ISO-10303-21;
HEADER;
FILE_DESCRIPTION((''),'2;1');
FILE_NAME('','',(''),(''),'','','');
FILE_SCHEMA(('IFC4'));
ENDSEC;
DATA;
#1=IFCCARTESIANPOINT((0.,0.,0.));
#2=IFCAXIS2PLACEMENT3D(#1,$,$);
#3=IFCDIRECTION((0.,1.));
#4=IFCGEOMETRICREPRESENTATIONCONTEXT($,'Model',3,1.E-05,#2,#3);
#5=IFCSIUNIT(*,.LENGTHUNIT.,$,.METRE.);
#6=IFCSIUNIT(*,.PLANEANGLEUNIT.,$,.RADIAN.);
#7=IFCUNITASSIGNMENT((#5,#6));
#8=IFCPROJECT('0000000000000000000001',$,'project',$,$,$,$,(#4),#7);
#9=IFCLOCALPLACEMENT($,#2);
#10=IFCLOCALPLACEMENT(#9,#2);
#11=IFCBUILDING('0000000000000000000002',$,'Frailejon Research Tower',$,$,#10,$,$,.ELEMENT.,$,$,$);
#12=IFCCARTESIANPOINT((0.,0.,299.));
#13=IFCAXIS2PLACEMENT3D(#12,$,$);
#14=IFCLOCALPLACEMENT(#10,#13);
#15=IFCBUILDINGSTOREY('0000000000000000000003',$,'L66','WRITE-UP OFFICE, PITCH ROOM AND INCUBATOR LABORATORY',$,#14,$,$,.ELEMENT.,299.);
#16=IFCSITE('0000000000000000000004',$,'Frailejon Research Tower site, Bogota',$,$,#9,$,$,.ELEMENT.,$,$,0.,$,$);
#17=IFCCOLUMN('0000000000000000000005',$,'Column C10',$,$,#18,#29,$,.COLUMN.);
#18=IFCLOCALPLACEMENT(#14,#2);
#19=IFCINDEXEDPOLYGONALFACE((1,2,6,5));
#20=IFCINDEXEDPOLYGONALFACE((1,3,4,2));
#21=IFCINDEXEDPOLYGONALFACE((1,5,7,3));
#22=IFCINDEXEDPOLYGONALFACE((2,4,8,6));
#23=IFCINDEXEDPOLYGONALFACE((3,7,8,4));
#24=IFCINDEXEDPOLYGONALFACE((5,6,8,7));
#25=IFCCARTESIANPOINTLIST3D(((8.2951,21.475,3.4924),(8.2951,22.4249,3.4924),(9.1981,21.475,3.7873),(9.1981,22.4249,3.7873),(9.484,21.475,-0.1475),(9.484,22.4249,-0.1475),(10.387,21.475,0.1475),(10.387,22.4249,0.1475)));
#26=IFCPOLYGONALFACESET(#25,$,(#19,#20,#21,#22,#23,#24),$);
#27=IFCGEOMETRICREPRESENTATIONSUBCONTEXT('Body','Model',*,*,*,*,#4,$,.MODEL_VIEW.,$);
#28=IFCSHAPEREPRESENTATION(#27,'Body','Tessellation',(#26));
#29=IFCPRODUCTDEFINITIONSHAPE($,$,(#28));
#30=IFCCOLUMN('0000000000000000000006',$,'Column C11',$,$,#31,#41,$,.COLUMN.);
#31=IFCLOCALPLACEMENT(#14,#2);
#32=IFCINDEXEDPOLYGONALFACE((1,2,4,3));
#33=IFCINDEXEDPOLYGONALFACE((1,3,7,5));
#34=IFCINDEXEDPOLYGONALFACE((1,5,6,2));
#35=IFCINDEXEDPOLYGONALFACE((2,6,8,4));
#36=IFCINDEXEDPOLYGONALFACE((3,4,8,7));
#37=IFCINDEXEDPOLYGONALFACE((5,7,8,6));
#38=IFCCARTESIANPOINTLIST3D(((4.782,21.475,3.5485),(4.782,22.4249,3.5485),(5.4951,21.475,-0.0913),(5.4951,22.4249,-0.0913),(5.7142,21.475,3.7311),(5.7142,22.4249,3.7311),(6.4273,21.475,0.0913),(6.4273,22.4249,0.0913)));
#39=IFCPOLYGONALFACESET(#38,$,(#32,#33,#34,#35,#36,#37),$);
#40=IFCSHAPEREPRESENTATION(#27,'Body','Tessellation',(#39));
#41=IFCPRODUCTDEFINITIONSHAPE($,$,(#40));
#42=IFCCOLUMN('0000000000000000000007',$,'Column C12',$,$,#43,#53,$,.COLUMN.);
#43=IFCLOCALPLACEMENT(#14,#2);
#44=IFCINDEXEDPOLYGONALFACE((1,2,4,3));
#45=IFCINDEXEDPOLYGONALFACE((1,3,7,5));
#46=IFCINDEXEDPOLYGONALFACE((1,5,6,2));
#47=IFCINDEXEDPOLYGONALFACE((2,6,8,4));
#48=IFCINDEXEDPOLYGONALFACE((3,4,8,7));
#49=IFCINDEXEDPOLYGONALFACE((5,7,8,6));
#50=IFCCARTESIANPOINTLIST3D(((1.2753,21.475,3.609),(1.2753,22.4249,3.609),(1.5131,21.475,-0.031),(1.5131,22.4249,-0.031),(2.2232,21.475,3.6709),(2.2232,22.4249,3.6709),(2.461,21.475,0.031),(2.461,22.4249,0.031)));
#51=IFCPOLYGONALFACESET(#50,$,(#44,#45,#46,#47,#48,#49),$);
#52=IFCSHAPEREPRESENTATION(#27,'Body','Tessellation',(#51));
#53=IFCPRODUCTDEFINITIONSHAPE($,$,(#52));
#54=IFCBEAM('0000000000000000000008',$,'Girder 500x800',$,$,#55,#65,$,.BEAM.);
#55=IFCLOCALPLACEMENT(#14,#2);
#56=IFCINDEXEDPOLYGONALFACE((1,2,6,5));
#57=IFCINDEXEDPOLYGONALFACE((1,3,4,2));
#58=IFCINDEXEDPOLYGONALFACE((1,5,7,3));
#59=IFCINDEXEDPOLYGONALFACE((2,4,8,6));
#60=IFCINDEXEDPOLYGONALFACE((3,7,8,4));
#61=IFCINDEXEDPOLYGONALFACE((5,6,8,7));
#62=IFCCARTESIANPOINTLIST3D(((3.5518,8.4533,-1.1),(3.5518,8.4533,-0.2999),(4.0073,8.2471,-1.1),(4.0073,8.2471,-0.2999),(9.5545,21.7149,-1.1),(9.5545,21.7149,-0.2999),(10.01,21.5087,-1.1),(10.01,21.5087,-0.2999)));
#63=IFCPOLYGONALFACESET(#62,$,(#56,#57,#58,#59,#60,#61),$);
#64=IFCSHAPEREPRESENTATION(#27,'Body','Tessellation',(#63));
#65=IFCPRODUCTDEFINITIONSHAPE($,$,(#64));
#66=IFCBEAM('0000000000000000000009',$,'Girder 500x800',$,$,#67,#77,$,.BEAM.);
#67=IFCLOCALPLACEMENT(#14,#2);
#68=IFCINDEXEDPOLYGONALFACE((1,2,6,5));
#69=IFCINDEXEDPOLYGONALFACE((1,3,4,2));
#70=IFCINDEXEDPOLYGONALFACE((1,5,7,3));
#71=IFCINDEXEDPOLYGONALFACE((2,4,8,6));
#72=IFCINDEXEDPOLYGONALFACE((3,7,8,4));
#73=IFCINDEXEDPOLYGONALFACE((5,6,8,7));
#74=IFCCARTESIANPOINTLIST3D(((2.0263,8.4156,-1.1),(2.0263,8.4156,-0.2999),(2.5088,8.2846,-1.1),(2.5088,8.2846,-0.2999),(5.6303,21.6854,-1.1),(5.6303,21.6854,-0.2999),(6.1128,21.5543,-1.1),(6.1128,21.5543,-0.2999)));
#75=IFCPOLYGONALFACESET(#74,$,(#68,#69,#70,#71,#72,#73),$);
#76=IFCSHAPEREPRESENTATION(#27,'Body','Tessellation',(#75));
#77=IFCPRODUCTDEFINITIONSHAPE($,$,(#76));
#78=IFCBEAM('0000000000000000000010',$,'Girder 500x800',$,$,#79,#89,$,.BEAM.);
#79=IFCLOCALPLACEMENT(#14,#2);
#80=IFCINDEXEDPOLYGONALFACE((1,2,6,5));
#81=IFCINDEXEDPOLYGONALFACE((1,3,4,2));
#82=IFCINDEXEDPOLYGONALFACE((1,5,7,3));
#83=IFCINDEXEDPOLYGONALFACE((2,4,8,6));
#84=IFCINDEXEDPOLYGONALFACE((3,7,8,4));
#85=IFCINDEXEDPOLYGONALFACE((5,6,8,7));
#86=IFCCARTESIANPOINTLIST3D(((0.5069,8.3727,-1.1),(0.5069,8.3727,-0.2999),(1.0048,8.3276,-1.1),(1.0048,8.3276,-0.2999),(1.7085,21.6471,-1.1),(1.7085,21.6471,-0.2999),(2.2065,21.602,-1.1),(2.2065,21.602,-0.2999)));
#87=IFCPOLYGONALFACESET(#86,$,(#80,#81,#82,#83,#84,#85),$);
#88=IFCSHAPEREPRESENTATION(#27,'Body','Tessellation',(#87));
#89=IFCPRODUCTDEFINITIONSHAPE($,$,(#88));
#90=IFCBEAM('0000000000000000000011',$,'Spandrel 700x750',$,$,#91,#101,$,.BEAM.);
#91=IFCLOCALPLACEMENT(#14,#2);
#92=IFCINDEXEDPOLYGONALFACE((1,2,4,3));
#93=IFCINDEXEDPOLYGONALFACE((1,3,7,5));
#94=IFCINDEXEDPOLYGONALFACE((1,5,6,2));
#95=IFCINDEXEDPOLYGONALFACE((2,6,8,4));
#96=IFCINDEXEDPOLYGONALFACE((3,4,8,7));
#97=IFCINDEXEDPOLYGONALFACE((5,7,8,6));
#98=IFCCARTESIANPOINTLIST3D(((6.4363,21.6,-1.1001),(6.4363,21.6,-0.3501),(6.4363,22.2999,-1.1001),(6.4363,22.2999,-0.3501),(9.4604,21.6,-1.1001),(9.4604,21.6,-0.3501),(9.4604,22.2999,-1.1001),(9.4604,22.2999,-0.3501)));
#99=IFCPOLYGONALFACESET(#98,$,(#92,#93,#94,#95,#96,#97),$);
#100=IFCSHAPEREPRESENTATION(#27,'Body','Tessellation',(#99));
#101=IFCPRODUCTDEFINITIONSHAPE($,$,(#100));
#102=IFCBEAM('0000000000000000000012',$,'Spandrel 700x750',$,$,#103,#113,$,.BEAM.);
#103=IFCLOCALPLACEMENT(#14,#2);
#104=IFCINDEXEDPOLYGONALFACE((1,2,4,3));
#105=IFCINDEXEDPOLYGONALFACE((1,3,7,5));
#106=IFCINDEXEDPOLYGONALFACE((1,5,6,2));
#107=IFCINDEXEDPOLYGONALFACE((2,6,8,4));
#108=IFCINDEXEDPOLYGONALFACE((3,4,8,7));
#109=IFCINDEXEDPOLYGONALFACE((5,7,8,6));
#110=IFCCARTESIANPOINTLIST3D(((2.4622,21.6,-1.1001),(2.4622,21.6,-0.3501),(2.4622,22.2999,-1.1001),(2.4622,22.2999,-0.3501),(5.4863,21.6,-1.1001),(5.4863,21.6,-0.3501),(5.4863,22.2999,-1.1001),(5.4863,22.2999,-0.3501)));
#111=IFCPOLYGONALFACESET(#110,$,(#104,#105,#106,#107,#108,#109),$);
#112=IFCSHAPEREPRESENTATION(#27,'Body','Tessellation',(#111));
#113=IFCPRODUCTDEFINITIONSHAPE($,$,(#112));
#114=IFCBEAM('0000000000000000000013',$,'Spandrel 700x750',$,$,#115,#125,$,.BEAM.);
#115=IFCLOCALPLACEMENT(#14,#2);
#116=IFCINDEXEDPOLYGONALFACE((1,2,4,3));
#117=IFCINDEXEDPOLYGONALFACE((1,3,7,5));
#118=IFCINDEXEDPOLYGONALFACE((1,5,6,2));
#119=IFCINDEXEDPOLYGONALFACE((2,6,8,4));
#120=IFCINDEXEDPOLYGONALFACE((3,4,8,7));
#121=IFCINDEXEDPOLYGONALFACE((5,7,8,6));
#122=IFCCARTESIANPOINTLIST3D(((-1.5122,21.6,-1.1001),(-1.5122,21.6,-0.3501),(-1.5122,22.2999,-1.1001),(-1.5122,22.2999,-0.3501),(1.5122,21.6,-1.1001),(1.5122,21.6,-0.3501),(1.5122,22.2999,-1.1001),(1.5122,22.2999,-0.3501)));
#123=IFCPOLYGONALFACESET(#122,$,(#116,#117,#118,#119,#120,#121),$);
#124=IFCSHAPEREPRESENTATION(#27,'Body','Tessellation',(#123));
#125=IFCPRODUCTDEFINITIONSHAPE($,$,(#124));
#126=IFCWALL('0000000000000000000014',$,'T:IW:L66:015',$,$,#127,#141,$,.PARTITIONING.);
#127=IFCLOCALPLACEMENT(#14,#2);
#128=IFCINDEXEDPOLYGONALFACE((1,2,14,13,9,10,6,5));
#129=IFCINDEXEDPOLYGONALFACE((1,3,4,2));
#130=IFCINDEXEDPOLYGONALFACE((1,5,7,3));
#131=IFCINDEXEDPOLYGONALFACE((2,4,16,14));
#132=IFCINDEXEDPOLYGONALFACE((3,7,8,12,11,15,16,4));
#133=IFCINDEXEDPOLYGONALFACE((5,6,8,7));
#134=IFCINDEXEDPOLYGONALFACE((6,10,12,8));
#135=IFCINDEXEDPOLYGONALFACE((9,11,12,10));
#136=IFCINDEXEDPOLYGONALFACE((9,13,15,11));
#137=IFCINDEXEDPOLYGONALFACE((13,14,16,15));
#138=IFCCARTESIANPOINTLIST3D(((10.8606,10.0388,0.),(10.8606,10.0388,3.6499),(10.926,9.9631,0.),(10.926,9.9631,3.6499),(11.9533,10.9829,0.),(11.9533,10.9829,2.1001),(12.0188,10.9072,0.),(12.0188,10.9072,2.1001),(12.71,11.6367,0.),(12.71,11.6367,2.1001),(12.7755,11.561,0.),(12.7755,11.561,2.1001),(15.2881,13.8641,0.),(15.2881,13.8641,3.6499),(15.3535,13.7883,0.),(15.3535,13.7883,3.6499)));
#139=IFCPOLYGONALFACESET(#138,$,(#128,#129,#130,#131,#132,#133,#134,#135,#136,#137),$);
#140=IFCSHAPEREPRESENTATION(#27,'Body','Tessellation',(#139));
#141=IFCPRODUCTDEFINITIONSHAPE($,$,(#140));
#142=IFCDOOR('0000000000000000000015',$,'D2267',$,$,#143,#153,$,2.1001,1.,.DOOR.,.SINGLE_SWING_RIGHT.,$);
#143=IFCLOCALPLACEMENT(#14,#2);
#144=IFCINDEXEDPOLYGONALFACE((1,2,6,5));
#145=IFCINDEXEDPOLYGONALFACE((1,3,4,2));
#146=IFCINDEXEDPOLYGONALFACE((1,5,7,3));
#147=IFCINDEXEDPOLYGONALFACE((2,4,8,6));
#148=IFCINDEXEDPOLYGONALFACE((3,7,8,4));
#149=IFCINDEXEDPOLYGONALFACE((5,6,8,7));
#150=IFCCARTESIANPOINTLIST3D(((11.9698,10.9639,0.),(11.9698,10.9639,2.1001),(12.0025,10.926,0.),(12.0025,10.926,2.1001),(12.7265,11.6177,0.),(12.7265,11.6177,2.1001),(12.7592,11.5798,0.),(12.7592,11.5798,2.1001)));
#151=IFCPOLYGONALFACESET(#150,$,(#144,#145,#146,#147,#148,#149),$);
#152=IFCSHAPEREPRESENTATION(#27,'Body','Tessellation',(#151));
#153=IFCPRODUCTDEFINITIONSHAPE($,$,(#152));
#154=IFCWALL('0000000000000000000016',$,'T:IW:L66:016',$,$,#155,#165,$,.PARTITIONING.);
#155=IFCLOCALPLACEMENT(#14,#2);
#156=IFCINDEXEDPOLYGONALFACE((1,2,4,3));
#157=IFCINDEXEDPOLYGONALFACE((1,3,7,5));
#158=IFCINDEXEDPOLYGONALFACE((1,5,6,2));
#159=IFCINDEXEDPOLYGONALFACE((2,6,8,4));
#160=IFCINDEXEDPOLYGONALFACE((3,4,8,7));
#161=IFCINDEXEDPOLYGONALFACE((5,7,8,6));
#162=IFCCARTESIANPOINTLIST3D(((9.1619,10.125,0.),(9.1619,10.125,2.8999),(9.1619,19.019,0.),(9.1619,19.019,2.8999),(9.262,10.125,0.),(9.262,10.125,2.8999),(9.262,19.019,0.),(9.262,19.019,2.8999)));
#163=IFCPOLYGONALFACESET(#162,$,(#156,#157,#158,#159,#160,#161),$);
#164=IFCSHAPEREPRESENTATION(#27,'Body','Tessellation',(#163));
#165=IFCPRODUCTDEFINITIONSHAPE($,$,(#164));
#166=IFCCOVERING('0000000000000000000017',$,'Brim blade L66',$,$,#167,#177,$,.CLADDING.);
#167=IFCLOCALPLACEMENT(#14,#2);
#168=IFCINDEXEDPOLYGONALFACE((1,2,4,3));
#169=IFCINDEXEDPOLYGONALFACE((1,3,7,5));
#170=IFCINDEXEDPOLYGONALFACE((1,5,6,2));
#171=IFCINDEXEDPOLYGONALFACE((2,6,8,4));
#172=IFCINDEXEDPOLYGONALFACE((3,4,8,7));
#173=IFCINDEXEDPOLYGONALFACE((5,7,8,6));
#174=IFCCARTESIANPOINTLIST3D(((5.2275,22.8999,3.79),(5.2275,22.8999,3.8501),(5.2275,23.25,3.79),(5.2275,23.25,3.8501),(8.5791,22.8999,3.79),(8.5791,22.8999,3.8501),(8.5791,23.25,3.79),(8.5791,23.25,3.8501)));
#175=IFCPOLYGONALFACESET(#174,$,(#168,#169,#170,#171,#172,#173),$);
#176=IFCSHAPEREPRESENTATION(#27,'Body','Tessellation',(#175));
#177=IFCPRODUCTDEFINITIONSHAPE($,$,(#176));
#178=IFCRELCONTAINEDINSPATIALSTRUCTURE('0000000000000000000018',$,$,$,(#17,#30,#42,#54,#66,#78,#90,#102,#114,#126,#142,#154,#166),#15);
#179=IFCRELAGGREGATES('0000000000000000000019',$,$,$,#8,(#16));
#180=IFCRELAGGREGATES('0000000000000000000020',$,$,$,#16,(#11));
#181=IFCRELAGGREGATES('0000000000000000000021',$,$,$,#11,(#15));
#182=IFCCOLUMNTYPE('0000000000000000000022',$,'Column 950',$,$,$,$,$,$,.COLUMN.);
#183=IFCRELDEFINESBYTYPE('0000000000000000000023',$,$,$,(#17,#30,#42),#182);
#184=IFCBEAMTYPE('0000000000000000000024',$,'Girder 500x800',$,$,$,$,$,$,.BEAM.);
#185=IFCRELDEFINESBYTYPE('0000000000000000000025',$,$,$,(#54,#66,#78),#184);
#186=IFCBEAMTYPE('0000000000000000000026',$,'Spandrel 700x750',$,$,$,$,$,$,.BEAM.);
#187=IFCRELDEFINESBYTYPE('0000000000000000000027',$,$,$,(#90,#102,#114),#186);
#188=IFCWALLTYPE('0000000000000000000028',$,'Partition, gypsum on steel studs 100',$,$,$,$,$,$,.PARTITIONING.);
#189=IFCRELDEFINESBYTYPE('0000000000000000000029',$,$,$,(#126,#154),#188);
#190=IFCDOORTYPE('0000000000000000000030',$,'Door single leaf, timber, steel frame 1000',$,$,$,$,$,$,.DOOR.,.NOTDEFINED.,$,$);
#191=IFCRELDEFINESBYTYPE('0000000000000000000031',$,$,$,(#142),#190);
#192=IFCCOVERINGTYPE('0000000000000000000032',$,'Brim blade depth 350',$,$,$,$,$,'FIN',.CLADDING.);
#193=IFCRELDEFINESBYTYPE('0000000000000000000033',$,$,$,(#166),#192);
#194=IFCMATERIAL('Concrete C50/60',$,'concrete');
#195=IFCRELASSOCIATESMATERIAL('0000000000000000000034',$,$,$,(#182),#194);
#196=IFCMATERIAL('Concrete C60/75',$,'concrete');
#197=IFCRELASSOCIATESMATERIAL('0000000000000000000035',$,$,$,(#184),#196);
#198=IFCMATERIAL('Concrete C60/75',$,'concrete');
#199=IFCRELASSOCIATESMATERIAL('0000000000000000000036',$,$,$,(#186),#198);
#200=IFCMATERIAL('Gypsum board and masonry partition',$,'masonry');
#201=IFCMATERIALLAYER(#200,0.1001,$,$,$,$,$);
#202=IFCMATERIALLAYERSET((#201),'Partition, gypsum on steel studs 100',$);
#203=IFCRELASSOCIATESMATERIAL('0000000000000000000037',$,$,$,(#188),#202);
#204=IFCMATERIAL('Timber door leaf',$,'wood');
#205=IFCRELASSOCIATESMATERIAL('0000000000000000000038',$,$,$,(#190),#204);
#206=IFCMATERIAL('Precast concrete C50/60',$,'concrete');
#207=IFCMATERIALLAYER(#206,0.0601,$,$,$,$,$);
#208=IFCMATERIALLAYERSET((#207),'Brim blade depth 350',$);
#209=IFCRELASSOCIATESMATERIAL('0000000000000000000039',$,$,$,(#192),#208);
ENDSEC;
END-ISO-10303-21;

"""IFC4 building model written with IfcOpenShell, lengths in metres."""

from ifc_helpers import new_model, si_unit, direction, frame, frame_2d, origin, origin_2d, place, context, subcontext, project, spatial, polyline, rectangle, outline, extrude, material, layer, layer_set, material_profile, profile_set, type_object, element, fill, save


model = new_model("IFC4")

# Units and contexts
model_context = context("Model", 3, precision=1e-05, world=origin(), true_north=direction((0.0, 1.0)))
body_context = subcontext(model_context, "Body", "Model", "MODEL_VIEW")
ifc_project = project(units=[si_unit("LENGTHUNIT", "METRE"), si_unit("PLANEANGLEUNIT", "RADIAN")], contexts=[model_context])

# Site, building, storey
site_placement = place(None, origin())
site = spatial("IfcSite", under=ifc_project, at=site_placement, Name="Frailejon Research Tower site, Bogota", CompositionType="ELEMENT", RefElevation=0.0)
building_placement = place(site_placement, origin())
building = spatial("IfcBuilding", under=site, at=building_placement, Name="Frailejon Research Tower", CompositionType="ELEMENT")
storey_placement = place(building_placement, frame((0.0, 0.0, 299.0)))
storey = spatial("IfcBuildingStorey", under=building, at=storey_placement, Name="L66", Description="WRITE-UP OFFICE, PITCH ROOM AND INCUBATOR LABORATORY", CompositionType="ELEMENT", Elevation=299.0)

# Columns
ifc_material_1 = material(Name="Concrete C50/60", Category="concrete")
ifc_material_profile_1 = material_profile(ifc_material_1, rectangle(XDim=0.95, YDim=0.95, at=origin_2d()), Name="Column 950")
ifc_profile_set_1 = profile_set([ifc_material_profile_1], Name="Concrete C50/60")
column_type = type_object("IfcColumnType", Name="Column 950", PredefinedType="COLUMN", material=ifc_profile_set_1)
column_1_placement = place(storey_placement, frame((9.9355, 21.95, 0.0), z_axis=(-0.310503, 0.0, 0.950572), x_axis=(-0.950572, 0.0, -0.310503)))
element("IfcColumn", 1, at=column_1_placement, inside=storey, type_object=column_type, Name="Column C10", PredefinedType="COLUMN", context=body_context, shape_type="SweptSolid", body=[
    extrude(rectangle(XDim=0.95, YDim=0.95, at=origin_2d()), origin(), (0.0, 0.0, 1.0), 3.8291),
])
column_2_placement = place(storey_placement, frame((5.9612, 21.95, 0.0), z_axis=(-0.192267, 0.0, 0.981343), x_axis=(-0.981343, 0.0, -0.192267)))
element("IfcColumn", 2, at=column_2_placement, inside=storey, type_object=column_type, Name="Column C11", PredefinedType="COLUMN", context=body_context, shape_type="SweptSolid", body=[
    extrude(rectangle(XDim=0.95, YDim=0.95, at=origin_2d()), origin(), (0.0, 0.0, 1.0), 3.709),
])
column_3_placement = place(storey_placement, frame((1.9871, 21.95, 0.0), z_axis=(-0.065191, 0.0, 0.997873), x_axis=(-0.997873, 0.0, -0.065191)))
element("IfcColumn", 3, at=column_3_placement, inside=storey, type_object=column_type, Name="Column C12", PredefinedType="COLUMN", context=body_context, shape_type="SweptSolid", body=[
    extrude(rectangle(XDim=0.95, YDim=0.95, at=origin_2d()), origin(), (0.0, 0.0, 1.0), 3.6477),
])

# Beams
ifc_material_2 = material(Name="Concrete C60/75", Category="concrete")
ifc_material_profile_2 = material_profile(ifc_material_2, rectangle(XDim=0.5, YDim=0.8, at=origin_2d()), Name="Girder 500x800")
ifc_profile_set_2 = profile_set([ifc_material_profile_2], Name="Concrete C60/75")
beam_type_1 = type_object("IfcBeamType", Name="Girder 500x800", PredefinedType="BEAM", material=ifc_profile_set_2)
beam_1_placement = place(storey_placement, frame((9.7822, 21.6118, -0.7), z_axis=(-0.412358, -0.911022, 0.0), x_axis=(0.911022, -0.412358, 0.0)))
element("IfcBeam", 4, at=beam_1_placement, inside=storey, type_object=beam_type_1, Name="Girder 500x800", PredefinedType="BEAM", context=body_context, shape_type="SweptSolid", body=[
    extrude(rectangle(XDim=0.5, YDim=0.8, at=origin_2d()), origin(), (0.0, 0.0, 1.0), 14.5569),
])
beam_2_placement = place(storey_placement, frame((5.8716, 21.6199, -0.7), z_axis=(-0.2621, -0.965041, 0.0), x_axis=(0.965041, -0.2621, 0.0)))
element("IfcBeam", 5, at=beam_2_placement, inside=storey, type_object=beam_type_1, Name="Girder 500x800", PredefinedType="BEAM", context=body_context, shape_type="SweptSolid", body=[
    extrude(rectangle(XDim=0.5, YDim=0.8, at=origin_2d()), origin(), (0.0, 0.0, 1.0), 13.7505),
])
beam_3_placement = place(storey_placement, frame((1.9575, 21.6245, -0.7), z_axis=(-0.090156, -0.995928, 0.0), x_axis=(0.995928, -0.090156, 0.0)))
element("IfcBeam", 6, at=beam_3_placement, inside=storey, type_object=beam_type_1, Name="Girder 500x800", PredefinedType="BEAM", context=body_context, shape_type="SweptSolid", body=[
    extrude(rectangle(XDim=0.5, YDim=0.8, at=origin_2d()), origin(), (0.0, 0.0, 1.0), 13.3286),
])
ifc_material_3 = material(Name="Concrete C60/75", Category="concrete")
ifc_material_profile_3 = material_profile(ifc_material_3, rectangle(XDim=0.7, YDim=0.75, at=origin_2d()), Name="Spandrel 700x750")
ifc_profile_set_3 = profile_set([ifc_material_profile_3], Name="Concrete C60/75")
beam_type_2 = type_object("IfcBeamType", Name="Spandrel 700x750", PredefinedType="BEAM", material=ifc_profile_set_3)
for number, where, z_axis, x_axis, name in (
    (7, (9.4604, 21.95, -0.7251), (-1.0, 0.0, 0.0), (0.0, -1.0, 0.0), "Spandrel 700x750"),
    (8, (5.4863, 21.95, -0.7251), (-1.0, 0.0, 0.0), (0.0, -1.0, 0.0), "Spandrel 700x750"),
):
    element("IfcBeam", number, at=place(storey_placement, frame(where, z_axis=z_axis, x_axis=x_axis)), inside=storey, type_object=beam_type_2, Name=name, PredefinedType="BEAM", context=body_context, shape_type="SweptSolid", body=[
        extrude(rectangle(XDim=0.7, YDim=0.75, at=origin_2d()), origin(), (0.0, 0.0, 1.0), 3.0242),
    ])
beam_4_placement = place(storey_placement, frame((1.5122, 21.95, -0.7251), z_axis=(-1.0, 0.0, 0.0), x_axis=(0.0, -1.0, 0.0)))
element("IfcBeam", 9, at=beam_4_placement, inside=storey, type_object=beam_type_2, Name="Spandrel 700x750", PredefinedType="BEAM", context=body_context, shape_type="SweptSolid", body=[
    extrude(rectangle(XDim=0.7, YDim=0.75, at=origin_2d()), origin(), (0.0, 0.0, 1.0), 3.0244),
])

# Wall, opening, door
ifc_material_4 = material(Name="Gypsum board and masonry partition", Category="masonry")
ifc_layer_1 = layer(ifc_material_4, 0.1001)
ifc_layer_set_1 = layer_set([ifc_layer_1], Name="Partition, gypsum on steel studs 100")
wall_type_1 = type_object("IfcWallType", Name="Partition, gypsum on steel studs 100", PredefinedType="PARTITIONING", material=ifc_layer_set_1)
wall_1_placement = place(storey_placement, frame((10.8933, 10.001, 0.0), z_axis=(0.0, 0.0, 1.0), x_axis=(0.7567, 0.653762, 0.0)))
wall_1 = element("IfcWall", 10, at=wall_1_placement, inside=storey, type_object=wall_type_1, Name="T:IW:L66:015", PredefinedType="PARTITIONING", context=body_context, shape_type="SweptSolid", body=[
    extrude(rectangle(XDim=5.8511, YDim=0.1001, at=frame_2d((2.9255, 0.0))), origin(), (0.0, 0.0, 1.0), 3.6499),
])
opening_1_placement = place(wall_1_placement, frame((1.4441, 0.0, 0.0)))
opening_1 = element("IfcOpeningElement", 11, at=opening_1_placement, cuts=wall_1, PredefinedType="OPENING", context=body_context, shape_type="SweptSolid", body=[
    extrude(rectangle(XDim=1.0, YDim=2.1001, at=frame_2d((0.5, 1.05))), frame((0.0, 0.0601, 0.0), z_axis=(0.0, -1.0, 0.0), x_axis=(1.0, 0.0, 0.0)), (0.0, 0.0, 1.0), 0.1201),
])
ifc_material_5 = material(Name="Timber door leaf", Category="wood")
door_type_1 = type_object("IfcDoorType", Name="Door single leaf, timber, steel frame 1000", OperationType="NOTDEFINED", PredefinedType="DOOR", material=ifc_material_5)
door_1_placement = place(opening_1_placement, origin())
door_1 = element("IfcDoor", 12, at=door_1_placement, inside=storey, type_object=door_type_1, Name="D2267", OperationType="SINGLE_SWING_RIGHT", OverallHeight=2.1001, OverallWidth=1.0, PredefinedType="DOOR", context=body_context, shape_type="SweptSolid", body=[
    extrude(rectangle(XDim=1.0, YDim=2.1001, at=frame_2d((0.5, 1.05))), frame((0.0, 0.0249, 0.0), z_axis=(0.0, -1.0, 0.0), x_axis=(1.0, 0.0, 0.0)), (0.0, 0.0, 1.0), 0.05),
])
fill(opening_1, door_1)

# Wall
wall_2_placement = place(storey_placement, frame((9.2119, 10.125, 0.0), z_axis=(0.0, 0.0, 1.0), x_axis=(0.0, 1.0, 0.0)))
element("IfcWall", 13, at=wall_2_placement, inside=storey, type_object=wall_type_1, Name="T:IW:L66:016", PredefinedType="PARTITIONING", context=body_context, shape_type="SweptSolid", body=[
    extrude(rectangle(XDim=8.894, YDim=0.1001, at=frame_2d((4.447, 0.0))), origin(), (0.0, 0.0, 1.0), 2.8999),
])

# Covering
ifc_material_6 = material(Name="Precast concrete C50/60", Category="concrete")
ifc_layer_2 = layer(ifc_material_6, 0.0601)
ifc_layer_set_2 = layer_set([ifc_layer_2], Name="Brim blade depth 350")
covering_type_1 = type_object("IfcCoveringType", Name="Brim blade depth 350", ElementType="FIN", PredefinedType="CLADDING", material=ifc_layer_set_2)
covering_1_placement = place(storey_placement, frame((5.2275, 22.8999, 3.8501), z_axis=(1.0, 0.0, 0.0), x_axis=(0.0, 1.0, 0.0)))
element("IfcCovering", 14, at=covering_1_placement, inside=storey, type_object=covering_type_1, Name="Brim blade L66", PredefinedType="CLADDING", context=body_context, shape_type="SweptSolid", body=[
    extrude(outline(polyline([(0.0, -0.0601), (0.3501, -0.0601), (0.3501, 0.0), (0.0, 0.0), (0.0, -0.0601)])), origin(), (0.0, 0.0, 1.0), 3.3516),
])

save(model, "model.ifc")
